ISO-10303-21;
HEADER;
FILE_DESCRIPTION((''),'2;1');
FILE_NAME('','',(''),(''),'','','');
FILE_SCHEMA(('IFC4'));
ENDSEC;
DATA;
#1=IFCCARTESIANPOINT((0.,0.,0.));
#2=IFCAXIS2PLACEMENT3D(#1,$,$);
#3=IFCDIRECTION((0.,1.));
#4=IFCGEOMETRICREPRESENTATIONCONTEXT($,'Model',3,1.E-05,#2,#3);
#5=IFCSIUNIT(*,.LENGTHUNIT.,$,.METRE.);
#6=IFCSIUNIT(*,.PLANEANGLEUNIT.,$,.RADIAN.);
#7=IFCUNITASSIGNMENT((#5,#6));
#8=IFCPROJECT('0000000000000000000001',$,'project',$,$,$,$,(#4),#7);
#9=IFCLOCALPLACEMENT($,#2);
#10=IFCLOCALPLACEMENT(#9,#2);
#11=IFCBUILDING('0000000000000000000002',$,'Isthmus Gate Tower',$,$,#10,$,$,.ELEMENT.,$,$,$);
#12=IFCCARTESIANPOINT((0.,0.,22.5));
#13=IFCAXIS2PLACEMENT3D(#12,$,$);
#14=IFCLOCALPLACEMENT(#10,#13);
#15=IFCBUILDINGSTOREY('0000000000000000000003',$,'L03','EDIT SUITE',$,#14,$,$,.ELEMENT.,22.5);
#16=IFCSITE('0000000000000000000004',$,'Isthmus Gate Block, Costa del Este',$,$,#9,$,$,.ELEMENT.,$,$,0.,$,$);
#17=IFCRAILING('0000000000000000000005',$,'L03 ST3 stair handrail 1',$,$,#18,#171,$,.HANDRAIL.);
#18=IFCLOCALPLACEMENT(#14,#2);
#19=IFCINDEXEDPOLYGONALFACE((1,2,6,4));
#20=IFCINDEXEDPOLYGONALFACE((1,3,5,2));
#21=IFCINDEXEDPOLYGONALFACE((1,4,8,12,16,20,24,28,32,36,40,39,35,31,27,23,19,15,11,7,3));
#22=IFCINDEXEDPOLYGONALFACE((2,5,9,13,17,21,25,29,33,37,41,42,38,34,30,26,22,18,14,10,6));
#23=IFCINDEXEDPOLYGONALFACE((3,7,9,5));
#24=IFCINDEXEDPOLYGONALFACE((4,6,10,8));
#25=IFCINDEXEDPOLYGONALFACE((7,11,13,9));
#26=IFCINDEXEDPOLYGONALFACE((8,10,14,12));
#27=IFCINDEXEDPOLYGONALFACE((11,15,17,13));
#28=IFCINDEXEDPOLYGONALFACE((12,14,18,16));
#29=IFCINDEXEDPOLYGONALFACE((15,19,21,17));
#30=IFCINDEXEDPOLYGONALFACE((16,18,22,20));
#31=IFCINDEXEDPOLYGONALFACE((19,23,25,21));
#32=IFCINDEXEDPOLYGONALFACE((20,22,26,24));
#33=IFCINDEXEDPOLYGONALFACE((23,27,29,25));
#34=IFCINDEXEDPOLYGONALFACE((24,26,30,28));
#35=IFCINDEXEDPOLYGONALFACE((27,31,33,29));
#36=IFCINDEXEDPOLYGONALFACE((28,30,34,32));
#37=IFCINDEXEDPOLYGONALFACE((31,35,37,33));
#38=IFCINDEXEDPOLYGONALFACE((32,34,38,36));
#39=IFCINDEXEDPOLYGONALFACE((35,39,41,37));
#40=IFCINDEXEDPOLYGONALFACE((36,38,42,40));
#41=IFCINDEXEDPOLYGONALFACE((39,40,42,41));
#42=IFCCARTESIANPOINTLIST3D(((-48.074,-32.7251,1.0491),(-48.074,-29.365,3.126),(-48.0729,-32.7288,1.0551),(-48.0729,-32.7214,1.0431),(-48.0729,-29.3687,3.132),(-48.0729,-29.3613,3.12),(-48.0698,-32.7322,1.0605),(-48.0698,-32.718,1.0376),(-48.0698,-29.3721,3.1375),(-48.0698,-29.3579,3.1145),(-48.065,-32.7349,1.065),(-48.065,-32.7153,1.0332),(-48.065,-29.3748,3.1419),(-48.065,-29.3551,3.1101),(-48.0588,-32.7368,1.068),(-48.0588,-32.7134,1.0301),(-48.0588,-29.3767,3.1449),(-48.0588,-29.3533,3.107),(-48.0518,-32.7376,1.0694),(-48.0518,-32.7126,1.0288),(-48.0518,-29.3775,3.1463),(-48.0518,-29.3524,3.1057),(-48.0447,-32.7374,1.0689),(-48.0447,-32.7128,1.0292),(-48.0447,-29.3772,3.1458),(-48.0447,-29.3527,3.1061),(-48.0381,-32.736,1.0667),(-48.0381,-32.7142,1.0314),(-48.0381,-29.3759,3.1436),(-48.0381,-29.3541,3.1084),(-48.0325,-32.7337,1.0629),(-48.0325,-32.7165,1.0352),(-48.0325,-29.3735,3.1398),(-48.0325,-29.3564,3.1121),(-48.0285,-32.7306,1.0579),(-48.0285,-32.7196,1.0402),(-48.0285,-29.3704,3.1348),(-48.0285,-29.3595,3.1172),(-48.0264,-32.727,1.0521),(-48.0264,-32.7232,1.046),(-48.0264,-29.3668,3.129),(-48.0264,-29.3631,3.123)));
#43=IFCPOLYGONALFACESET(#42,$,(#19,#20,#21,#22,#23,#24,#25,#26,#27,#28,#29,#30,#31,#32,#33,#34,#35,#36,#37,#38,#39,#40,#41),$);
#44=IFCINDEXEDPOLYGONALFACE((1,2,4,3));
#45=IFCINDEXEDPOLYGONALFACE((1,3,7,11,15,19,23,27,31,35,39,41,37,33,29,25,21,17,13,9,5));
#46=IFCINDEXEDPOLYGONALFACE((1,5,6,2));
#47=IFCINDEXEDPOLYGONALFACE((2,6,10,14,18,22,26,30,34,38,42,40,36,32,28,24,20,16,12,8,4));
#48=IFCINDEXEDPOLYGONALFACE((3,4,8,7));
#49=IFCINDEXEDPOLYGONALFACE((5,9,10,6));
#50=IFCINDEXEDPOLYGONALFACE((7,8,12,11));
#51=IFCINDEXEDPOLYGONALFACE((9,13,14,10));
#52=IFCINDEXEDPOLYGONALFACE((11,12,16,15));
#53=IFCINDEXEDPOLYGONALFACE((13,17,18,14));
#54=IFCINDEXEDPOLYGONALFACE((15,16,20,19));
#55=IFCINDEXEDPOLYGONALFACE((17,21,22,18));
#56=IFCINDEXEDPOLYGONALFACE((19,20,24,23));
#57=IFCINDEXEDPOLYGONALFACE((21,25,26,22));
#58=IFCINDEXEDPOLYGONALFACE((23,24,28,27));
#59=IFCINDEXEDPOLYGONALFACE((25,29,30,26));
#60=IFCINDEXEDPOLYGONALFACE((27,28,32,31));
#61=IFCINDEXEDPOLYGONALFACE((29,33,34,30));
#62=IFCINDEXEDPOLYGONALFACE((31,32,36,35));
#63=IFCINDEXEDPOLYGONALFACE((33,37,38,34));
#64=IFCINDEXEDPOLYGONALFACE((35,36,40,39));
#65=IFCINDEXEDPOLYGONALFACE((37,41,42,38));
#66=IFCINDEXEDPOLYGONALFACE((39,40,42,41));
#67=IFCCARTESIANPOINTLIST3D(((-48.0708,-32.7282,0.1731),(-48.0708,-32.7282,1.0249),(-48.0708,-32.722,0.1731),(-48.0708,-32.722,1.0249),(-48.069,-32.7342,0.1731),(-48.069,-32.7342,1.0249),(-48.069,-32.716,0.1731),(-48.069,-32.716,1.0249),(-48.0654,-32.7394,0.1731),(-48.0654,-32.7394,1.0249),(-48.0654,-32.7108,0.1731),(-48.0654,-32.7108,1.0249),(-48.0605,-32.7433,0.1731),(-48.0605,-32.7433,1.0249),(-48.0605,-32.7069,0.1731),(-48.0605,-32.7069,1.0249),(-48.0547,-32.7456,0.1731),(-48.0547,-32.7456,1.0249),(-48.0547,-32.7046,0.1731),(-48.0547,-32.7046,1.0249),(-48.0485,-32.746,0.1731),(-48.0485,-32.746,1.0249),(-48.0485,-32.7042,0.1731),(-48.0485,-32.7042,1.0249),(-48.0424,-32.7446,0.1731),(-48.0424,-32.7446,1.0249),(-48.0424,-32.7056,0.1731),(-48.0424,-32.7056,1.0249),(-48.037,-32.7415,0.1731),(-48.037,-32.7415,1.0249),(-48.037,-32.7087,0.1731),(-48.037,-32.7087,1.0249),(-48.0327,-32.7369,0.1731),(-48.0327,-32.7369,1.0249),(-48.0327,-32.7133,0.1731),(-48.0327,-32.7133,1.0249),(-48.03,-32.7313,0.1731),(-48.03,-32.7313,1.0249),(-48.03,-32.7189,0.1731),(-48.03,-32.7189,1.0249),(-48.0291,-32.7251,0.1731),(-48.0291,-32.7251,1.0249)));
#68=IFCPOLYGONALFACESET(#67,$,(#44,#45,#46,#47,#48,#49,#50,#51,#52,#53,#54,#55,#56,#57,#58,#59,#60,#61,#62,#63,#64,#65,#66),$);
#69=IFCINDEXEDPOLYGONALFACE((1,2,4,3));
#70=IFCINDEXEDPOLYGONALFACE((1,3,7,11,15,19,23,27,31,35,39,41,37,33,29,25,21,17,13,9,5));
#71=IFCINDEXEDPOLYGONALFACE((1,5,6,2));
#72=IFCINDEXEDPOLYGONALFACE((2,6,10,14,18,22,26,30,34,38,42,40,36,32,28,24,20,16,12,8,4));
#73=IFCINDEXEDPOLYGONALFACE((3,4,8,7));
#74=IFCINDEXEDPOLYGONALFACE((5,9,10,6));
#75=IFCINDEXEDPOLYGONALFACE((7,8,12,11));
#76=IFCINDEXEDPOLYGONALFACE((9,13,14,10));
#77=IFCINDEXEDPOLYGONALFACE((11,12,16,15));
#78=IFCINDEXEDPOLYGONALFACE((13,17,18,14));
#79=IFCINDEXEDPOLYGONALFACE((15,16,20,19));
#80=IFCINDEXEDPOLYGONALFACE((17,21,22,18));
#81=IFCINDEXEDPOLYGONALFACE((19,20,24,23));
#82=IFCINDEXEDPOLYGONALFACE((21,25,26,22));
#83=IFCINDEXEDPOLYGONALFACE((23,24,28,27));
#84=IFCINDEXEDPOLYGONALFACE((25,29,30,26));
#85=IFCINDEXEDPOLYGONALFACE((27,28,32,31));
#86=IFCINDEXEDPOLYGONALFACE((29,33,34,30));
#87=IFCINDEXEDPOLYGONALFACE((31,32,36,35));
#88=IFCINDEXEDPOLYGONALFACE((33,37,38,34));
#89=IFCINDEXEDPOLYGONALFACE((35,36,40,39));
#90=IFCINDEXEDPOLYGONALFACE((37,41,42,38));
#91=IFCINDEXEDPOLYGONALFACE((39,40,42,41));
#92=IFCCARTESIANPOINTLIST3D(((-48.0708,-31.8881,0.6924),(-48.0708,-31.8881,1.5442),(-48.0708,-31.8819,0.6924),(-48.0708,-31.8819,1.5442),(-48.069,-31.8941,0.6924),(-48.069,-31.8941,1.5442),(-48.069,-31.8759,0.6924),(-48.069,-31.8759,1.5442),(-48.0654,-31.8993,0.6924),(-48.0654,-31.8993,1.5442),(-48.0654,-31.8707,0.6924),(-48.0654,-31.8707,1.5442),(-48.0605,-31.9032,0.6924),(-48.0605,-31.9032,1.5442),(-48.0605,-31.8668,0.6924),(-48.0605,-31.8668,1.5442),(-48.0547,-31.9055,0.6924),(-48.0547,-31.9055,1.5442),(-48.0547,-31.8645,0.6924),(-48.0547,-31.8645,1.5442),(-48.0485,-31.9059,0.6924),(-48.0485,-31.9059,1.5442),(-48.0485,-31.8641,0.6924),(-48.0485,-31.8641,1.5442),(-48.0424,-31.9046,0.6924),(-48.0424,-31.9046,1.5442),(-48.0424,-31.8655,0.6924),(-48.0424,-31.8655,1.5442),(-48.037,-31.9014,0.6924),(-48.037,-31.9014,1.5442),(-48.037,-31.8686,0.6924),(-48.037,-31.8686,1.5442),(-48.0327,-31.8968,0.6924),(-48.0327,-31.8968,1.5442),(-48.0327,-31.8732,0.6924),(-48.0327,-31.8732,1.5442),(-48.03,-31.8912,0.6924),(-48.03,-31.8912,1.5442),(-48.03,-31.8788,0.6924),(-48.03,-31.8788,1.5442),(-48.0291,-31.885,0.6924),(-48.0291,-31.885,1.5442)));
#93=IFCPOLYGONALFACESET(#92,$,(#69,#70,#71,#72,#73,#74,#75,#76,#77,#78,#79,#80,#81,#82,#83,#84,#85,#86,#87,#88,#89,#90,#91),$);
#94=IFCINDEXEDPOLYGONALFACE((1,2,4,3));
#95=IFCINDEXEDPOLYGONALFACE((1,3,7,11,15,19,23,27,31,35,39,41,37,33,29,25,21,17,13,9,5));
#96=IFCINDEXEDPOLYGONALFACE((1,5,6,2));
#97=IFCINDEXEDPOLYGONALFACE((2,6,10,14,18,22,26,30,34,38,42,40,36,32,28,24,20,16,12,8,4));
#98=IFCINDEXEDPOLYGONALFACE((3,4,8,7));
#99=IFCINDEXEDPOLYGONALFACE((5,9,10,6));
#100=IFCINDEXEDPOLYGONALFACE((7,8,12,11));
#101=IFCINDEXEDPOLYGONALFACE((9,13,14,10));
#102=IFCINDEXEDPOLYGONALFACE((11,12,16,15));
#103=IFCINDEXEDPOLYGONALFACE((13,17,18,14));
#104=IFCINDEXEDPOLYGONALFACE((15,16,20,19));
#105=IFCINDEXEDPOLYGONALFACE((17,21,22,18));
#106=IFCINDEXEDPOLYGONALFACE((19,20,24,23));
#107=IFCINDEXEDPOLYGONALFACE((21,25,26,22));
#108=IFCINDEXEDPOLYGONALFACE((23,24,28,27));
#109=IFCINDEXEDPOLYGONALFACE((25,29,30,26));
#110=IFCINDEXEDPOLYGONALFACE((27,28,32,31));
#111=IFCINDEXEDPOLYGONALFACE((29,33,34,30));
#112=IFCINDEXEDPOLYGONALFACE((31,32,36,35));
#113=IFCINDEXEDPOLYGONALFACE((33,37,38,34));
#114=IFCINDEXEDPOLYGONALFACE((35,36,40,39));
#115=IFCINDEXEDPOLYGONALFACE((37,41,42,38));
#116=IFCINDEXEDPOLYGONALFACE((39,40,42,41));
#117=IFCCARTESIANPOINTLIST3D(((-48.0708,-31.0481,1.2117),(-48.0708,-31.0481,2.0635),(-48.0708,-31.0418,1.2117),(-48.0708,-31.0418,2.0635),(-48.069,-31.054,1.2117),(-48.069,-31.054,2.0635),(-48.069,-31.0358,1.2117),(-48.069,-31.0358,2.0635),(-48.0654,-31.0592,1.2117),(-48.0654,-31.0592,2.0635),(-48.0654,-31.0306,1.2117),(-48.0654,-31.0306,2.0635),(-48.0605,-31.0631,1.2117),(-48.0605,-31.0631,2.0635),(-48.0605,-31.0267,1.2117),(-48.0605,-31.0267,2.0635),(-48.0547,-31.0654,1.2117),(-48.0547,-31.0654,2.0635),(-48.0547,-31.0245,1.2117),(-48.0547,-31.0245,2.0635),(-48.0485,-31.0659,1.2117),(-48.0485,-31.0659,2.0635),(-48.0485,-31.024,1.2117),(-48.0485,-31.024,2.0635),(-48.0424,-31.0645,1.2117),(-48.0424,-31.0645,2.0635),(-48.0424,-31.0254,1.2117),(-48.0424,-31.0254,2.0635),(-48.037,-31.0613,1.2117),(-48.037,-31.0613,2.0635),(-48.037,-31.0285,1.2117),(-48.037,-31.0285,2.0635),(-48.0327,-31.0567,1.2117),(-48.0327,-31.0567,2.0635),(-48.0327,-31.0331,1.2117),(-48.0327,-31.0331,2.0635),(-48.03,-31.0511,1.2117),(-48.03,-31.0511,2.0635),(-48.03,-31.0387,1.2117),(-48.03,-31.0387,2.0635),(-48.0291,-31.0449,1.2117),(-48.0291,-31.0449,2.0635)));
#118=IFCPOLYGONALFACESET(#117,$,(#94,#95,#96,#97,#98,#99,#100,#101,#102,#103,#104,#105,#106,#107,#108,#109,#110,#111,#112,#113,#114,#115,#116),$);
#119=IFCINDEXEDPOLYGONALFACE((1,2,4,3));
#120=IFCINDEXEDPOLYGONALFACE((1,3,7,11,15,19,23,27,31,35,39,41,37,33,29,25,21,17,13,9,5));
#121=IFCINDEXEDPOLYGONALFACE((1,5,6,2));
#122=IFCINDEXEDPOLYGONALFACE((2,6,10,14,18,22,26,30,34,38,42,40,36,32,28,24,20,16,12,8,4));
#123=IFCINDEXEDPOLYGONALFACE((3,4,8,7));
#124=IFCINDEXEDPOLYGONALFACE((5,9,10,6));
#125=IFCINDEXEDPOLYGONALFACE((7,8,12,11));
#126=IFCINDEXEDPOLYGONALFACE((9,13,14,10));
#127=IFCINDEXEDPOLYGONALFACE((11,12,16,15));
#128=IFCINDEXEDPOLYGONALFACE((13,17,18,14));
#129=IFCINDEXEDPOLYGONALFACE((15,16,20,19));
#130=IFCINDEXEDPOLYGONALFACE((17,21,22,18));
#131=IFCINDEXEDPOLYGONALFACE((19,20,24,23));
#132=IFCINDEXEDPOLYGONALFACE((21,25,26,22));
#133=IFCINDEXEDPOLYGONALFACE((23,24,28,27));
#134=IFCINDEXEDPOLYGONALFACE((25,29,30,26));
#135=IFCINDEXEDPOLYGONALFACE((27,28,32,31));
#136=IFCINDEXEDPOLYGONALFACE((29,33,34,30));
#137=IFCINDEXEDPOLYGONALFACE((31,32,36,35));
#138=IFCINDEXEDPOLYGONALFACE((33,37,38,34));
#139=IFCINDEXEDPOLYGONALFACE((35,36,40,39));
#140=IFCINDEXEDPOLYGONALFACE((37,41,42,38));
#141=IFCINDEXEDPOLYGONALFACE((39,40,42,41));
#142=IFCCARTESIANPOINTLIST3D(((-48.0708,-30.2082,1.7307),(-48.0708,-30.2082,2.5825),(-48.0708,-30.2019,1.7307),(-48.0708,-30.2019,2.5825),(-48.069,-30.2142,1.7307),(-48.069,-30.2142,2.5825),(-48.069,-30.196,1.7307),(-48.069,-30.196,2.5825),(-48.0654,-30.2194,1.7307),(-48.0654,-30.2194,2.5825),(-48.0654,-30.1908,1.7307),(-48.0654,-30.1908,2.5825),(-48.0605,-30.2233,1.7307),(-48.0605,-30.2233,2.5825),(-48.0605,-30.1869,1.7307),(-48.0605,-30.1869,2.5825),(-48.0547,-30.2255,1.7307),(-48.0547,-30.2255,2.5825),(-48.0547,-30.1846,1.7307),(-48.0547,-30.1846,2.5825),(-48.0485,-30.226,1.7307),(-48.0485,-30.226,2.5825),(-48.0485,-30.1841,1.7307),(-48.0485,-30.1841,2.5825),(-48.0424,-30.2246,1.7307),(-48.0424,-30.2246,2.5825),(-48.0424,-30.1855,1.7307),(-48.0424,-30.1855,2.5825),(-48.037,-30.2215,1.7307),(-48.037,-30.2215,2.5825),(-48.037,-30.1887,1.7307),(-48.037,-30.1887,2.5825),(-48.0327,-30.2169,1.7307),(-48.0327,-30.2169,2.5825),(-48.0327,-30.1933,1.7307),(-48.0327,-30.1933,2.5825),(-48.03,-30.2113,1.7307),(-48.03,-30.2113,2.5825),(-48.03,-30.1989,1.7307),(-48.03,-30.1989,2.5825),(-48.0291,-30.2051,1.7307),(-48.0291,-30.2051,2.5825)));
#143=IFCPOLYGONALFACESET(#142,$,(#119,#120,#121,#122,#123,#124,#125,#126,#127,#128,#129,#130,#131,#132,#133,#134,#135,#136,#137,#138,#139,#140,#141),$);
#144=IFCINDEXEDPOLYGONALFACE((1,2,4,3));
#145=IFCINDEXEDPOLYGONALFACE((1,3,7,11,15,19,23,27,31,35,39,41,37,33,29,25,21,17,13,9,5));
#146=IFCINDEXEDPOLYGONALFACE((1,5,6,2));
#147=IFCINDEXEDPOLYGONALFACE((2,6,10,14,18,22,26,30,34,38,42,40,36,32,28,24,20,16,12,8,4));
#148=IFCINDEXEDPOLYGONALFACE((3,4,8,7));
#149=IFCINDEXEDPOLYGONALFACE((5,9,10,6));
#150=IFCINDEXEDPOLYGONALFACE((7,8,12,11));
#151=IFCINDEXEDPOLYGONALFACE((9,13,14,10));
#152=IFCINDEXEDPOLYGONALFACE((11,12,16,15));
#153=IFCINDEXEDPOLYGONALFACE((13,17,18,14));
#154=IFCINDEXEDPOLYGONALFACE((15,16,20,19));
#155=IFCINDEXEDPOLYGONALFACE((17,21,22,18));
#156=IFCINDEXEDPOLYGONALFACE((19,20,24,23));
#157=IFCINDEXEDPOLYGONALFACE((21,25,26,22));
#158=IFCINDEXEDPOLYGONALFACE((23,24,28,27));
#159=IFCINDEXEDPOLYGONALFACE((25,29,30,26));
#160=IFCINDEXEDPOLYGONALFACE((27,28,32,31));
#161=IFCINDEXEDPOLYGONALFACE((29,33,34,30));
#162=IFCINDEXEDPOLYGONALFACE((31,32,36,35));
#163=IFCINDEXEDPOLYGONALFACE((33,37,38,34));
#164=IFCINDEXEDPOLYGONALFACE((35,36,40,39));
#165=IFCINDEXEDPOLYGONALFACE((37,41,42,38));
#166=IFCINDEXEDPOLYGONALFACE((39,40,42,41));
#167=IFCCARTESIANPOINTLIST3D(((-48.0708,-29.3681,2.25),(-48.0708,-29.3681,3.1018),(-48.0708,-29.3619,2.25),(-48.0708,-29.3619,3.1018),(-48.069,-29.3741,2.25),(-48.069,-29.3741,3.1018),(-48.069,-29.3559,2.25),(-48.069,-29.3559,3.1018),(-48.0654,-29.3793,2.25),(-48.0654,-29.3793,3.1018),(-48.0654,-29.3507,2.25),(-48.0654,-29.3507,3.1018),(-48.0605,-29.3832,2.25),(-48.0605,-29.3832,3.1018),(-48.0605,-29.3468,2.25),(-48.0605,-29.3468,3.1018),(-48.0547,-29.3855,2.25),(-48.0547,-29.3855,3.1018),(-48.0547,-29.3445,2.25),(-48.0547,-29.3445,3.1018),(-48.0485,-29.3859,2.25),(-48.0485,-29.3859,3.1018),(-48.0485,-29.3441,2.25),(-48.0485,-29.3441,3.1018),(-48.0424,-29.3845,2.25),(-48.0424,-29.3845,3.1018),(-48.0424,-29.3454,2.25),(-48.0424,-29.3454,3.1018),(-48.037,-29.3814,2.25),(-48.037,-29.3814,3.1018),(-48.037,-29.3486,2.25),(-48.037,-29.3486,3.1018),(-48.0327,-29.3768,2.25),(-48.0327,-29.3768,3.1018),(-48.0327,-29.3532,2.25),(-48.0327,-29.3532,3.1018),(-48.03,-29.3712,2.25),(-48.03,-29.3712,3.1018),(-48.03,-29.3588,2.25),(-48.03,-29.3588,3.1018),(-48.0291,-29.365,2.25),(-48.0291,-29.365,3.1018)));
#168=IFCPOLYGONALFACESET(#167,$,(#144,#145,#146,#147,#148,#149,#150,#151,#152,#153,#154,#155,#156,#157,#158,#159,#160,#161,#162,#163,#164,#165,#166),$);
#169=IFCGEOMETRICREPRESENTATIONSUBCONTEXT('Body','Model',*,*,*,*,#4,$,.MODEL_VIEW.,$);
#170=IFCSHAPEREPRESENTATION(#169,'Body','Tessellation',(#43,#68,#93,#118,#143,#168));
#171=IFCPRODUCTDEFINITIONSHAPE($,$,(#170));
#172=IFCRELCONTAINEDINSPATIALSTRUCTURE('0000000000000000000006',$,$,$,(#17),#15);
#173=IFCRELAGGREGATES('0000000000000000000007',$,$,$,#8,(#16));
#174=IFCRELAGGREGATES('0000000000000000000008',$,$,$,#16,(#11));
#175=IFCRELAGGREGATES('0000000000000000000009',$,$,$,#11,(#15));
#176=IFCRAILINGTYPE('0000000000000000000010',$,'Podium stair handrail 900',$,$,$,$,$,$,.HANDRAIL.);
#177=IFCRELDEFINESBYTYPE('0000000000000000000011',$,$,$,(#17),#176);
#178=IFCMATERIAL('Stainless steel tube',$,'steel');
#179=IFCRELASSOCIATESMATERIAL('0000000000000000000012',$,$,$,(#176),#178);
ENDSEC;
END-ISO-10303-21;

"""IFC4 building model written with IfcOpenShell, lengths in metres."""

from ifc_helpers import new_model, si_unit, direction, frame, origin, origin_2d, place, context, subcontext, project, spatial, circle, extrude, material, type_object, element, save


model = new_model("IFC4")

# Units and contexts
model_context = context("Model", 3, precision=1e-05, world=origin(), true_north=direction((0.0, 1.0)))
body_context = subcontext(model_context, "Body", "Model", "MODEL_VIEW")
ifc_project = project(units=[si_unit("LENGTHUNIT", "METRE"), si_unit("PLANEANGLEUNIT", "RADIAN")], contexts=[model_context])

# Site, building, storey
site_placement = place(None, origin())
site = spatial("IfcSite", under=ifc_project, at=site_placement, Name="Isthmus Gate Block, Costa del Este", CompositionType="ELEMENT", RefElevation=0.0)
building_placement = place(site_placement, origin())
building = spatial("IfcBuilding", under=site, at=building_placement, Name="Isthmus Gate Tower", CompositionType="ELEMENT")
storey_placement = place(building_placement, frame((0.0, 0.0, 22.5)))
storey = spatial("IfcBuildingStorey", under=building, at=storey_placement, Name="L03", Description="EDIT SUITE", CompositionType="ELEMENT", Elevation=22.5)

# Railing
ifc_material_1 = material(Name="Stainless steel tube", Category="steel")
railing_type_1 = type_object("IfcRailingType", Name="Podium stair handrail 900", PredefinedType="HANDRAIL", material=ifc_material_1)
railing_1_placement = place(storey_placement, frame((-48.05, -32.7251, 0.1731)))
element("IfcRailing", 1, at=railing_1_placement, inside=storey, type_object=railing_type_1, Name="L03 ST3 stair handrail 1", PredefinedType="HANDRAIL", context=body_context, shape_type="SweptSolid", body=[
    extrude(circle(Radius=0.0239, at=origin_2d()), frame((0.0, 0.0, 0.876), z_axis=(0.0, 0.850623, 0.525776), x_axis=(-1.0, 0.0, 0.0)), (0.0, 0.0, 1.0), 3.9502),
    extrude(circle(Radius=0.021, at=origin_2d()), origin(), (0.0, 0.0, 1.0), 0.8518),
    extrude(circle(Radius=0.021, at=origin_2d()), frame((0.0, 0.8401, 0.5193)), (0.0, 0.0, 1.0), 0.8518),
    extrude(circle(Radius=0.021, at=origin_2d()), frame((0.0, 1.6802, 1.0386)), (0.0, 0.0, 1.0), 0.8518),
    extrude(circle(Radius=0.021, at=origin_2d()), frame((0.0, 2.52, 1.5576)), (0.0, 0.0, 1.0), 0.8518),
    extrude(circle(Radius=0.021, at=origin_2d()), frame((0.0, 3.3601, 2.0769)), (0.0, 0.0, 1.0), 0.8518),
])

save(model, "model.ifc")
